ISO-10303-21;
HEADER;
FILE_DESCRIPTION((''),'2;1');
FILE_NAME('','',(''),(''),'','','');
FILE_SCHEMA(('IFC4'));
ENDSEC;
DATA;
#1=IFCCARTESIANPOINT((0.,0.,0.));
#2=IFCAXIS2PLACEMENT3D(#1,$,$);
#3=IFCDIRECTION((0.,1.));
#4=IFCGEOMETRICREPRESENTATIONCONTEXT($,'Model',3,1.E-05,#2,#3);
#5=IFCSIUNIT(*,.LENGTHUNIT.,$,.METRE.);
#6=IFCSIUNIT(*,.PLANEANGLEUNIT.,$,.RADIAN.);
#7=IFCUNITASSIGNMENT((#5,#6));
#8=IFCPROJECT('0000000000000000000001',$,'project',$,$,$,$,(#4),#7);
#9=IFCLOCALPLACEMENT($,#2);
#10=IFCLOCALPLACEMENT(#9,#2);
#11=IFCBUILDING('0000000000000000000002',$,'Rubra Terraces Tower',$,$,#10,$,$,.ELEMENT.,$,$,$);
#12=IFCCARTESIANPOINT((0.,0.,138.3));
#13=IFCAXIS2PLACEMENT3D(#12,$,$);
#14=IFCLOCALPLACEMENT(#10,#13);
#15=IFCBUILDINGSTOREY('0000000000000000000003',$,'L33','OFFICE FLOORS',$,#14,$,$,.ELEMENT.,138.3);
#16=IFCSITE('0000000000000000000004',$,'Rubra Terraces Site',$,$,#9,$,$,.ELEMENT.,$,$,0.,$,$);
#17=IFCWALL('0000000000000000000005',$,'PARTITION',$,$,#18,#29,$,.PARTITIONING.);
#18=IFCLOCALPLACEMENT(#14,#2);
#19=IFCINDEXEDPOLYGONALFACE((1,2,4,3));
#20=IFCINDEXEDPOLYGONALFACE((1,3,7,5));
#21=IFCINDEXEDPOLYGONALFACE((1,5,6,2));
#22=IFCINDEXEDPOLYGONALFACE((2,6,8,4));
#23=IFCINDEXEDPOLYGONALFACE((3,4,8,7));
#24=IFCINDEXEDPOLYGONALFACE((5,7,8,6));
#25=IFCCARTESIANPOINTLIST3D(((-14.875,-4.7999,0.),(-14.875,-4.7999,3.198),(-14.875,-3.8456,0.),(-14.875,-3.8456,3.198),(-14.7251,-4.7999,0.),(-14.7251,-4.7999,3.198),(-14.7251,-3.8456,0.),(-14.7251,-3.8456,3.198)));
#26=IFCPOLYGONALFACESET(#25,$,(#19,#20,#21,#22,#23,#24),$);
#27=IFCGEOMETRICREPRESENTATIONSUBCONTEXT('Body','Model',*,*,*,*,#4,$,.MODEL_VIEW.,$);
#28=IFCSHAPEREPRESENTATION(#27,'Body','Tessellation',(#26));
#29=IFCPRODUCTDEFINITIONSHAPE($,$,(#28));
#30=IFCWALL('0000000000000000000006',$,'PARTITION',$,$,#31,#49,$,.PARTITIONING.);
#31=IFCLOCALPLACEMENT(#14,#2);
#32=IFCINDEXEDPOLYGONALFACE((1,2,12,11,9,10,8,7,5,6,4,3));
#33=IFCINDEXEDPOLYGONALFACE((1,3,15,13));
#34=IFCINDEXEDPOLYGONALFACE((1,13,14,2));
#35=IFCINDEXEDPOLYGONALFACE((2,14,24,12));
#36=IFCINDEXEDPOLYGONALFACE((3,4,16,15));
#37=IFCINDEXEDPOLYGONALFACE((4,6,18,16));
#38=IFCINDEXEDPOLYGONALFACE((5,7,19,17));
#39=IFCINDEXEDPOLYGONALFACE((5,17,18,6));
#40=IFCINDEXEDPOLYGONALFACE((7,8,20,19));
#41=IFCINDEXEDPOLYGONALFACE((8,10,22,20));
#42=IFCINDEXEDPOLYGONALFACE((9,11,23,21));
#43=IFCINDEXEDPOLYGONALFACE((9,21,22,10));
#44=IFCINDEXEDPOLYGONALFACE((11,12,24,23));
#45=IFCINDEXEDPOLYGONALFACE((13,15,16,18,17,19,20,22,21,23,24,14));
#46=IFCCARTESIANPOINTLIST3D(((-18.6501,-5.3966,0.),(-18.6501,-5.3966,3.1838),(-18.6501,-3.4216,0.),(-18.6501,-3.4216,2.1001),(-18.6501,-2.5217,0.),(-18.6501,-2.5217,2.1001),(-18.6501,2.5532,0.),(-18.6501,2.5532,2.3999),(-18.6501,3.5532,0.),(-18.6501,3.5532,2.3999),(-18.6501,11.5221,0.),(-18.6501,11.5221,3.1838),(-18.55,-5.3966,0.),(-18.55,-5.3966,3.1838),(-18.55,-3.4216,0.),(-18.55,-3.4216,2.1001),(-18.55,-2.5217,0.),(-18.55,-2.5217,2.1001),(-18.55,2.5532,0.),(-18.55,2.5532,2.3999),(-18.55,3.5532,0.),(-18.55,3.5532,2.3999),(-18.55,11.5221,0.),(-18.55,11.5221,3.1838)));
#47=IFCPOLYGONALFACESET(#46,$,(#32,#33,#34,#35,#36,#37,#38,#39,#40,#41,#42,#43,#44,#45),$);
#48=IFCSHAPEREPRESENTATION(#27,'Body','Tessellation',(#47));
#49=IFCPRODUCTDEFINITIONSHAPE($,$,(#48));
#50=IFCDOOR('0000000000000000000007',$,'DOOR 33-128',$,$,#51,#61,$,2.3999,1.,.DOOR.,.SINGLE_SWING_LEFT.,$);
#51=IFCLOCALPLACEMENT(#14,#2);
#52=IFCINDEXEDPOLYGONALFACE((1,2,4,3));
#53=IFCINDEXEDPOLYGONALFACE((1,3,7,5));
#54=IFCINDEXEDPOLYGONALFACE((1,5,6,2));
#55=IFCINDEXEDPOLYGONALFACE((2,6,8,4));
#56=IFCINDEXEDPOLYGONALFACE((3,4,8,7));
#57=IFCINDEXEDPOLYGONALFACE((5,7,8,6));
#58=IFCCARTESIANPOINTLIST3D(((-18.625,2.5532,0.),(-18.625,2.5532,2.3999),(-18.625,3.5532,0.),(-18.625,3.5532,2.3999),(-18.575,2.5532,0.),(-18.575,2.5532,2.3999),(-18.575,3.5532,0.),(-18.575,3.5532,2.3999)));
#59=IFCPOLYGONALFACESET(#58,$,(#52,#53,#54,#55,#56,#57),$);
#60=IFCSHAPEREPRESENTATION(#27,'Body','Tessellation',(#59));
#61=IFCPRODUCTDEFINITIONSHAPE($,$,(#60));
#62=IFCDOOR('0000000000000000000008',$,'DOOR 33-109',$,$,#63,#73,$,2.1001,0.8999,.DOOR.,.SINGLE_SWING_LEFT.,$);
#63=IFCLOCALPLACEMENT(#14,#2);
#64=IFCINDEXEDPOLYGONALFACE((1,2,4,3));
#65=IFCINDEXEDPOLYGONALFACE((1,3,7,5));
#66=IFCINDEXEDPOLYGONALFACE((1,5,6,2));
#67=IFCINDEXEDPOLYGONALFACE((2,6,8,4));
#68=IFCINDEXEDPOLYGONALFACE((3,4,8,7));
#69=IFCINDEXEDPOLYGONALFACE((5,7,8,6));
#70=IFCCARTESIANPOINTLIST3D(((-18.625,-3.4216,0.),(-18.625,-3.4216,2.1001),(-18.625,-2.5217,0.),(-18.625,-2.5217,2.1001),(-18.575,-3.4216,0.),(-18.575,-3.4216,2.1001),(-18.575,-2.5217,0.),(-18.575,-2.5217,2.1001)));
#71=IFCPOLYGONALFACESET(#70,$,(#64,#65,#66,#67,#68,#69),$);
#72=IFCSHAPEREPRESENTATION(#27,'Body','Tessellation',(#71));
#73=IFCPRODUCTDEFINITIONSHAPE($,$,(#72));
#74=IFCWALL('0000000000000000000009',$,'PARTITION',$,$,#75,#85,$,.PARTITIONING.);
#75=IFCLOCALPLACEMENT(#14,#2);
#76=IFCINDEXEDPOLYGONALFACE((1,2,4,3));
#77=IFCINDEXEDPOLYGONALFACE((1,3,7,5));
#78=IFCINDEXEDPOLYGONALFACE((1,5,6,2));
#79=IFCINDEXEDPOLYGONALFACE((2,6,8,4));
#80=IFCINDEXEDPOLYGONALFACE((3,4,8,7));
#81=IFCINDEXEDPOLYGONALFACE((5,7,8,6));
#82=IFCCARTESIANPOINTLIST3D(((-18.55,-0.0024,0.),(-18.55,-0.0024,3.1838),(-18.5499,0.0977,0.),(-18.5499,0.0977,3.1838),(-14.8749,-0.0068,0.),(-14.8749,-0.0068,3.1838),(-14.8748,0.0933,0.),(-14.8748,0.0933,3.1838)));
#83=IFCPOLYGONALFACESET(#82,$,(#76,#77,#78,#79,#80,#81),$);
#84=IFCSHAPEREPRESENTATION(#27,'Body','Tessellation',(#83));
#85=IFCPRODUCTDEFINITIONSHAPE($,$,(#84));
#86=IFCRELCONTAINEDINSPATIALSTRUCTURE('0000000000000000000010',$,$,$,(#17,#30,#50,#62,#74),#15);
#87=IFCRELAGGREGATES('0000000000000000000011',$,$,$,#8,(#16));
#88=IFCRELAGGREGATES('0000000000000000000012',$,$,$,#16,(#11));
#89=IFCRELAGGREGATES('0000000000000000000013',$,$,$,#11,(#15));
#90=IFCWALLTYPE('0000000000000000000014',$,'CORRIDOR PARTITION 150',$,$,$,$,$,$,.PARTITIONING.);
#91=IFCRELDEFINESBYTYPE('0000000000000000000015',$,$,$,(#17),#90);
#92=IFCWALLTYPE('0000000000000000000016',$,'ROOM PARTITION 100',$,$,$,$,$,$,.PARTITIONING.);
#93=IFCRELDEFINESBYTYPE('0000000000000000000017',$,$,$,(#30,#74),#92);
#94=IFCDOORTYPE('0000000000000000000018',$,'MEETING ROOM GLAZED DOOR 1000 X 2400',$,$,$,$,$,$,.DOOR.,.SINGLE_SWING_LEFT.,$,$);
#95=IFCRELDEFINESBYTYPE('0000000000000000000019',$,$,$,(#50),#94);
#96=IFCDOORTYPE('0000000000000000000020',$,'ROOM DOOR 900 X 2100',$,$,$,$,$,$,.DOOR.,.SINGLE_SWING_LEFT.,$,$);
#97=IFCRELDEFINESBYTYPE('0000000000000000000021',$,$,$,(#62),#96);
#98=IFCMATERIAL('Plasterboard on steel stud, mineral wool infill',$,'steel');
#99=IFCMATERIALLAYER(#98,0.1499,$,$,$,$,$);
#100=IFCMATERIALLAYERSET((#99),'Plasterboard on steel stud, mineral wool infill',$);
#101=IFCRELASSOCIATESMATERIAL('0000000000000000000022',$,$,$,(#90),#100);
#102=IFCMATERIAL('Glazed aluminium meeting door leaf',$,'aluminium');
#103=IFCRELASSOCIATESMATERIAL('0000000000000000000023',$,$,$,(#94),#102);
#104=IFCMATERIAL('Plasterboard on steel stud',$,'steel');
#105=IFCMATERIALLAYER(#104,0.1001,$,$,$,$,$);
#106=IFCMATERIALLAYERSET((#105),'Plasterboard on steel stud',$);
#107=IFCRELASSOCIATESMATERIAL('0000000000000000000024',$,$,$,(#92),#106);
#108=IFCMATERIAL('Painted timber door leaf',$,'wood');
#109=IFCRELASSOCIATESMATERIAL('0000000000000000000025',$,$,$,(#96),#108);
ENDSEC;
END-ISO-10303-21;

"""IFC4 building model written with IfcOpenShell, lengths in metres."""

from ifc_helpers import new_model, si_unit, direction, frame, frame_2d, origin, place, context, subcontext, project, spatial, rectangle, extrude, material, layer, layer_set, type_object, element, fill, save


model = new_model("IFC4")

# Units and contexts
model_context = context("Model", 3, precision=1e-05, world=origin(), true_north=direction((0.0, 1.0)))
body_context = subcontext(model_context, "Body", "Model", "MODEL_VIEW")
ifc_project = project(units=[si_unit("LENGTHUNIT", "METRE"), si_unit("PLANEANGLEUNIT", "RADIAN")], contexts=[model_context])

# Site, building, storey
site_placement = place(None, origin())
site = spatial("IfcSite", under=ifc_project, at=site_placement, Name="Rubra Terraces Site", CompositionType="ELEMENT", RefElevation=0.0)
building_placement = place(site_placement, origin())
building = spatial("IfcBuilding", under=site, at=building_placement, Name="Rubra Terraces Tower", CompositionType="ELEMENT")
storey_placement = place(building_placement, frame((0.0, 0.0, 138.3)))
storey = spatial("IfcBuildingStorey", under=building, at=storey_placement, Name="L33", Description="OFFICE FLOORS", CompositionType="ELEMENT", Elevation=138.3)

# Wall
ifc_material_1 = material(Name="Plasterboard on steel stud, mineral wool infill", Category="steel")
ifc_layer_1 = layer(ifc_material_1, 0.1499)
ifc_layer_set_1 = layer_set([ifc_layer_1], Name="Plasterboard on steel stud, mineral wool infill")
wall_type_1 = type_object("IfcWallType", Name="CORRIDOR PARTITION 150", PredefinedType="PARTITIONING", material=ifc_layer_set_1)
wall_1_placement = place(storey_placement, frame((-14.8, -3.8457, 0.0), z_axis=(0.0, 0.0, 1.0), x_axis=(0.0, -1.0, 0.0)))
element("IfcWall", 1, at=wall_1_placement, inside=storey, type_object=wall_type_1, Name="PARTITION", PredefinedType="PARTITIONING", context=body_context, shape_type="SweptSolid", body=[
    extrude(rectangle(XDim=0.9543, YDim=0.1499, at=frame_2d((0.4771, 0.0))), origin(), (0.0, 0.0, 1.0), 3.198),
])

# Wall, openings, doors
ifc_material_2 = material(Name="Glazed aluminium meeting door leaf", Category="aluminium")
door_type_1 = type_object("IfcDoorType", Name="MEETING ROOM GLAZED DOOR 1000 X 2400", OperationType="SINGLE_SWING_LEFT", PredefinedType="DOOR", material=ifc_material_2)
ifc_material_3 = material(Name="Painted timber door leaf", Category="wood")
ifc_material_4 = material(Name="Plasterboard on steel stud", Category="steel")
ifc_layer_2 = layer(ifc_material_4, 0.1001)
ifc_layer_set_2 = layer_set([ifc_layer_2], Name="Plasterboard on steel stud")
wall_type_2 = type_object("IfcWallType", Name="ROOM PARTITION 100", PredefinedType="PARTITIONING", material=ifc_layer_set_2)
wall_2_placement = place(storey_placement, frame((-18.6001, -5.3967, 0.0), z_axis=(0.0, 0.0, 1.0), x_axis=(0.0, 1.0, 0.0)))
wall_2 = element("IfcWall", 2, at=wall_2_placement, inside=storey, type_object=wall_type_2, Name="PARTITION", PredefinedType="PARTITIONING", context=body_context, shape_type="SweptSolid", body=[
    extrude(rectangle(XDim=16.9187, YDim=0.1001, at=frame_2d((8.4595, 0.0))), origin(), (0.0, 0.0, 1.0), 3.1838),
])
opening_1_placement = place(wall_2_placement, frame((1.9751, 0.0, 0.0)))
opening_1 = element("IfcOpeningElement", 3, at=opening_1_placement, cuts=wall_2, PredefinedType="OPENING", context=body_context, shape_type="SweptSolid", body=[
    extrude(rectangle(XDim=0.8999, YDim=2.1001, at=frame_2d((0.45, 1.05))), frame((0.0, 0.0601, 0.0), z_axis=(0.0, -1.0, 0.0), x_axis=(1.0, 0.0, 0.0)), (0.0, 0.0, 1.0), 0.1201),
])
opening_2_placement = place(wall_2_placement, frame((7.95, 0.0, 0.0)))
opening_2 = element("IfcOpeningElement", 4, at=opening_2_placement, cuts=wall_2, PredefinedType="OPENING", context=body_context, shape_type="SweptSolid", body=[
    extrude(rectangle(XDim=1.0, YDim=2.3999, at=frame_2d((0.5, 1.2))), frame((0.0, 0.0601, 0.0), z_axis=(0.0, -1.0, 0.0), x_axis=(1.0, 0.0, 0.0)), (0.0, 0.0, 1.0), 0.1201),
])
door_1_placement = place(opening_2_placement, origin())
door_1 = element("IfcDoor", 5, at=door_1_placement, inside=storey, type_object=door_type_1, Name="DOOR 33-128", OperationType="SINGLE_SWING_LEFT", OverallHeight=2.3999, OverallWidth=1.0, PredefinedType="DOOR", context=body_context, shape_type="SweptSolid", body=[
    extrude(rectangle(XDim=1.0, YDim=2.3999, at=frame_2d((0.5, 1.2))), frame((0.0, 0.0249, 0.0), z_axis=(0.0, -1.0, 0.0), x_axis=(1.0, 0.0, 0.0)), (0.0, 0.0, 1.0), 0.05),
])
fill(opening_2, door_1)
door_type_2 = type_object("IfcDoorType", Name="ROOM DOOR 900 X 2100", OperationType="SINGLE_SWING_LEFT", PredefinedType="DOOR", material=ifc_material_3)
door_2_placement = place(opening_1_placement, origin())
door_2 = element("IfcDoor", 6, at=door_2_placement, inside=storey, type_object=door_type_2, Name="DOOR 33-109", OperationType="SINGLE_SWING_LEFT", OverallHeight=2.1001, OverallWidth=0.8999, PredefinedType="DOOR", context=body_context, shape_type="SweptSolid", body=[
    extrude(rectangle(XDim=0.8999, YDim=2.1001, at=frame_2d((0.45, 1.05))), frame((0.0, 0.0249, 0.0), z_axis=(0.0, -1.0, 0.0), x_axis=(1.0, 0.0, 0.0)), (0.0, 0.0, 1.0), 0.05),
])
fill(opening_1, door_2)

# Wall
wall_3_placement = place(storey_placement, frame((-14.875, 0.0432, 0.0), z_axis=(0.0, 0.0, 1.0), x_axis=(-0.999999, 0.001196, 0.0)))
element("IfcWall", 7, at=wall_3_placement, inside=storey, type_object=wall_type_2, Name="PARTITION", PredefinedType="PARTITIONING", context=body_context, shape_type="SweptSolid", body=[
    extrude(rectangle(XDim=3.675, YDim=0.1001, at=frame_2d((1.8374, 0.0))), origin(), (0.0, 0.0, 1.0), 3.1838),
])

save(model, "model.ifc")
